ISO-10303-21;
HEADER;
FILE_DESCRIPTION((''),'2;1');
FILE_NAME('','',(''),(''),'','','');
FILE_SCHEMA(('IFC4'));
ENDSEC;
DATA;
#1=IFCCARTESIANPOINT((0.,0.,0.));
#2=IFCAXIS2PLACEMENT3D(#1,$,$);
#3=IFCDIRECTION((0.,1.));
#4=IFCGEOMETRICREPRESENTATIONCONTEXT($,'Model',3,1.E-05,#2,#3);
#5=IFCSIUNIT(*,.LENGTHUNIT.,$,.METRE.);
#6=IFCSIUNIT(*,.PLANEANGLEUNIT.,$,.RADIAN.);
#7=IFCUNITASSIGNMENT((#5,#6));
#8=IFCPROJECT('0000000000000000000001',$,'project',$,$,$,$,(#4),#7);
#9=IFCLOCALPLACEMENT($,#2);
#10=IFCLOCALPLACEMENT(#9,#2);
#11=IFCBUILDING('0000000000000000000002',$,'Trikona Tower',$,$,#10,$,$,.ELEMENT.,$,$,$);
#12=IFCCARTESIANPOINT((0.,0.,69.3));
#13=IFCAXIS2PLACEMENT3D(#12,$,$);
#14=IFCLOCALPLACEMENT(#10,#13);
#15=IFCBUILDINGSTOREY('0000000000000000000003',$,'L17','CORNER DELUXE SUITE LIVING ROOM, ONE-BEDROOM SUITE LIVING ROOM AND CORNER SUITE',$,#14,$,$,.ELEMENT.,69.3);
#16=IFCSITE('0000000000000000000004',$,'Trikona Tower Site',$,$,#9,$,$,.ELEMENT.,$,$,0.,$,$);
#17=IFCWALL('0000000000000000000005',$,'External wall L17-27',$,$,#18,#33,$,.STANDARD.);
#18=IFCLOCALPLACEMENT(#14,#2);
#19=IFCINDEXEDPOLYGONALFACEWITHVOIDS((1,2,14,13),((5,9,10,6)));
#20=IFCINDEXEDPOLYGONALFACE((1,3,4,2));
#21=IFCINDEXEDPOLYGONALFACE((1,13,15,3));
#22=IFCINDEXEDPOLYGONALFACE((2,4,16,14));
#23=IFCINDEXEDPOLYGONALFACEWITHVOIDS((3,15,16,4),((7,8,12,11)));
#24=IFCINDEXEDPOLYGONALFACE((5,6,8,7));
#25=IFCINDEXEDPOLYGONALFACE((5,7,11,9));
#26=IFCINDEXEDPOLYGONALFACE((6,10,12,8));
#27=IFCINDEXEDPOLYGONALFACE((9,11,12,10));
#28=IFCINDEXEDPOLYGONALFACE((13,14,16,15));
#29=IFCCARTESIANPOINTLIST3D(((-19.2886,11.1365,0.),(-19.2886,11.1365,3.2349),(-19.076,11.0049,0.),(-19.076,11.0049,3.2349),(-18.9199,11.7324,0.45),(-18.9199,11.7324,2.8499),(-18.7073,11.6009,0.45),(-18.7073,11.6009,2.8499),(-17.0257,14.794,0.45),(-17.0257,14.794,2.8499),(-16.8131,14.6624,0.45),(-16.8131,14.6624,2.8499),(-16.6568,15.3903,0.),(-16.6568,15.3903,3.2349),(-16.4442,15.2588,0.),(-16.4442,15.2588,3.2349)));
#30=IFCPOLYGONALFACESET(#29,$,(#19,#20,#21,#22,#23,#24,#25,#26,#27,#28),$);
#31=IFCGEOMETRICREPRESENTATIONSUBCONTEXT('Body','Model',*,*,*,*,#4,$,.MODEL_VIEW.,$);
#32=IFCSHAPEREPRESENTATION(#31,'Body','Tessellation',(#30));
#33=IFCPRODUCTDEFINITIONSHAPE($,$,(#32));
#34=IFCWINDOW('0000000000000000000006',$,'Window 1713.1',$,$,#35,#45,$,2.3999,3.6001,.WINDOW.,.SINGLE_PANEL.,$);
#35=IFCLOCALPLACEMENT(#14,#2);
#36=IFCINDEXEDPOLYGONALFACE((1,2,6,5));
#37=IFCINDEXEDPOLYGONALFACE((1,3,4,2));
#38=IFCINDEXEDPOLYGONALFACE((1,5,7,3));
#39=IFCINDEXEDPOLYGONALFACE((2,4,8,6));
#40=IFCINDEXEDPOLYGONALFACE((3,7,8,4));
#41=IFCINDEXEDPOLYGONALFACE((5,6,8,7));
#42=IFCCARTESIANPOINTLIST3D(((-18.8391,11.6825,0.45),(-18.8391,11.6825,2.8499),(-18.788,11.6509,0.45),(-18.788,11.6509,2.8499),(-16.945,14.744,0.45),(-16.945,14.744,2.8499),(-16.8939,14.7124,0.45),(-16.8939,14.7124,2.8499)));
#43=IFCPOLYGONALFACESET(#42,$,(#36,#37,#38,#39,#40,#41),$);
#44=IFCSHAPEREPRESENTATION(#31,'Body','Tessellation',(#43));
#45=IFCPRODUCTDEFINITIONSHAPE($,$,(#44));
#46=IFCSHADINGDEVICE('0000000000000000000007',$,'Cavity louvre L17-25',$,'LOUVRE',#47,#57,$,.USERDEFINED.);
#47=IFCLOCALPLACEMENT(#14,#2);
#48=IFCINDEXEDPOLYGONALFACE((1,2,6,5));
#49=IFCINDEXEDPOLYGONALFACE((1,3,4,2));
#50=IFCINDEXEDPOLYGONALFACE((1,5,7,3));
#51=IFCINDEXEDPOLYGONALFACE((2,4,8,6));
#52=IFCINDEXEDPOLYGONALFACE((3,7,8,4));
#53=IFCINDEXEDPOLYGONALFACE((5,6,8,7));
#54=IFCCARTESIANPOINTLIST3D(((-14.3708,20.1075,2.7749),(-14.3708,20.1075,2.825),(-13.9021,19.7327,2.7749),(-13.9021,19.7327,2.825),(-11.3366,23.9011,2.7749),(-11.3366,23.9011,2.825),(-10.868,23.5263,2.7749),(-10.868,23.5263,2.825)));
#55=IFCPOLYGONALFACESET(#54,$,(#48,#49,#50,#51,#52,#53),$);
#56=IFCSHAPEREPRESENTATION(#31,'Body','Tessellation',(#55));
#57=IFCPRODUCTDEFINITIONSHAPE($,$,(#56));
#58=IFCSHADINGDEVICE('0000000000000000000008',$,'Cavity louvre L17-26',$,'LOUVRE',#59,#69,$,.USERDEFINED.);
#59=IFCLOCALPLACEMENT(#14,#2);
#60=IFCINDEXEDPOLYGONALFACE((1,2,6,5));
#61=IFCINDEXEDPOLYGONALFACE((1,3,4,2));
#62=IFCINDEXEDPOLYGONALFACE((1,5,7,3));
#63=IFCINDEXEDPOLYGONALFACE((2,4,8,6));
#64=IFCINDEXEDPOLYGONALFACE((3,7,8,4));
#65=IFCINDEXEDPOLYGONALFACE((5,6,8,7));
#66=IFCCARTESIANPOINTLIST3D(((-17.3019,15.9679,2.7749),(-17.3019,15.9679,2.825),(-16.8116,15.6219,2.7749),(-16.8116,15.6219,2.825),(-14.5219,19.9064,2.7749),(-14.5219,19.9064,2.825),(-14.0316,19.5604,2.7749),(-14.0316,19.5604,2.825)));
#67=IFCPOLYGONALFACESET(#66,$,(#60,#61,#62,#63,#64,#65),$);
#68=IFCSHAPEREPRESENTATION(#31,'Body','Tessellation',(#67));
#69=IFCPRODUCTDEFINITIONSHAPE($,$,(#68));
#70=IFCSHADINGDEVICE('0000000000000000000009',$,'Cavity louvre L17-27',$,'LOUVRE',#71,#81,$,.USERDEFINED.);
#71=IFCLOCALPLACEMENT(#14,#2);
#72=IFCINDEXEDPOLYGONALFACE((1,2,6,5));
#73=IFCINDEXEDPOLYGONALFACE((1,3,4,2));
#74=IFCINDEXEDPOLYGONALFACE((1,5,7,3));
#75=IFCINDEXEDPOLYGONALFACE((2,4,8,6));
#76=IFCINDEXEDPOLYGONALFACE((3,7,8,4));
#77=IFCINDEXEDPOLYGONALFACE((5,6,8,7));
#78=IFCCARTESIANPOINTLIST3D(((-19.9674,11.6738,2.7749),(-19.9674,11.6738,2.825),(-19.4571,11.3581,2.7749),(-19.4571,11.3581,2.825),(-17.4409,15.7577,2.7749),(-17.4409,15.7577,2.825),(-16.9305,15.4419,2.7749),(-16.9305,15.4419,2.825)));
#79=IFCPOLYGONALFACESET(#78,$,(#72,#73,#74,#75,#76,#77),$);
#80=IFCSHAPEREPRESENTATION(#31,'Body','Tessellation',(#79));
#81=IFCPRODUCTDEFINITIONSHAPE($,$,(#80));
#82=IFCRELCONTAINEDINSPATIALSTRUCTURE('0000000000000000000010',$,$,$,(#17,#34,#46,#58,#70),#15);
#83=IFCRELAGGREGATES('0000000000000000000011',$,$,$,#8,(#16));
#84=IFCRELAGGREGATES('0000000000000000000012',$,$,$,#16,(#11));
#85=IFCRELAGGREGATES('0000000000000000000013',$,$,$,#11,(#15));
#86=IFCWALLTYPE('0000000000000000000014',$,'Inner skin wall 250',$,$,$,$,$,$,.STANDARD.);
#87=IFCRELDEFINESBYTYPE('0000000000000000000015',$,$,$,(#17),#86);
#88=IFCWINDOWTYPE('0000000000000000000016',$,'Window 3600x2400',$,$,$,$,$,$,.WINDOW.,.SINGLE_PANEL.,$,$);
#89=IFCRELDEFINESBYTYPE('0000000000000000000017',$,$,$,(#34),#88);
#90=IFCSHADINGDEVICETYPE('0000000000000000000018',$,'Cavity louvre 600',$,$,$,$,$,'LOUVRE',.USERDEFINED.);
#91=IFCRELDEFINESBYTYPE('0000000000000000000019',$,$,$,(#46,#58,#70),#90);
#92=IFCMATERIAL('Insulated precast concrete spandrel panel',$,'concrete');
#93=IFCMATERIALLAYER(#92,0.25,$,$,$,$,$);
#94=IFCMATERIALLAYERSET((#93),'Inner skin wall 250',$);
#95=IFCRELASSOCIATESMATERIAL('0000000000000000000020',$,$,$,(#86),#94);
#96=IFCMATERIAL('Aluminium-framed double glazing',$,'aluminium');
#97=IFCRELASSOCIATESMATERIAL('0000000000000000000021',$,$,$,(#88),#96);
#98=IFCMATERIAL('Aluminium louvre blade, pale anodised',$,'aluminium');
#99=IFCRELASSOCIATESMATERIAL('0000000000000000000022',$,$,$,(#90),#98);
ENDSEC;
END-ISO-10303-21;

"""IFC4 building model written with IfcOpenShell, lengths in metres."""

from ifc_helpers import new_model, si_unit, direction, frame, frame_2d, origin, origin_2d, place, context, subcontext, project, spatial, rectangle, extrude, material, layer, layer_set, type_object, element, fill, save


model = new_model("IFC4")

# Units and contexts
model_context = context("Model", 3, precision=1e-05, world=origin(), true_north=direction((0.0, 1.0)))
body_context = subcontext(model_context, "Body", "Model", "MODEL_VIEW")
ifc_project = project(units=[si_unit("LENGTHUNIT", "METRE"), si_unit("PLANEANGLEUNIT", "RADIAN")], contexts=[model_context])

# Site, building, storey
site_placement = place(None, origin())
site = spatial("IfcSite", under=ifc_project, at=site_placement, Name="Trikona Tower Site", CompositionType="ELEMENT", RefElevation=0.0)
building_placement = place(site_placement, origin())
building = spatial("IfcBuilding", under=site, at=building_placement, Name="Trikona Tower", CompositionType="ELEMENT")
storey_placement = place(building_placement, frame((0.0, 0.0, 69.3)))
storey = spatial("IfcBuildingStorey", under=building, at=storey_placement, Name="L17", Description="CORNER DELUXE SUITE LIVING ROOM, ONE-BEDROOM SUITE LIVING ROOM AND CORNER SUITE", CompositionType="ELEMENT", Elevation=69.3)

# Wall, opening, window
ifc_material_1 = material(Name="Insulated precast concrete spandrel panel", Category="concrete")
ifc_layer_1 = layer(ifc_material_1, 0.25)
ifc_layer_set_1 = layer_set([ifc_layer_1], Name="Inner skin wall 250")
wall_type = type_object("IfcWallType", Name="Inner skin wall 250", PredefinedType="STANDARD", material=ifc_layer_set_1)
ifc_material_2 = material(Name="Aluminium-framed double glazing", Category="aluminium")
window_type = type_object("IfcWindowType", Name="Window 3600x2400", PartitioningType="SINGLE_PANEL", PredefinedType="WINDOW", material=ifc_material_2)
wall_1_placement = place(storey_placement, frame((-16.5505, 15.3245, 0.0), z_axis=(0.0, 0.0, 1.0), x_axis=(-0.526133, -0.850402, 0.0)))
wall_1 = element("IfcWall", 1, at=wall_1_placement, inside=storey, type_object=wall_type, Name="External wall L17-27", PredefinedType="STANDARD", context=body_context, shape_type="SweptSolid", body=[
    extrude(rectangle(XDim=5.0022, YDim=0.25, at=frame_2d((2.501, 0.0))), origin(), (0.0, 0.0, 1.0), 3.2349),
])
opening_1_placement = place(wall_1_placement, frame((0.7012, 0.0, 0.45)))
opening_1 = element("IfcOpeningElement", 2, at=opening_1_placement, cuts=wall_1, PredefinedType="OPENING", context=body_context, shape_type="SweptSolid", body=[
    extrude(rectangle(XDim=3.6001, YDim=2.3999, at=frame_2d((1.8, 1.2))), frame((0.0, 0.135, 0.0), z_axis=(0.0, -1.0, 0.0), x_axis=(1.0, 0.0, 0.0)), (0.0, 0.0, 1.0), 0.27),
])
window_1_placement = place(opening_1_placement, origin())
window_1 = element("IfcWindow", 3, at=window_1_placement, inside=storey, type_object=window_type, Name="Window 1713.1", OverallHeight=2.3999, OverallWidth=3.6001, PartitioningType="SINGLE_PANEL", PredefinedType="WINDOW", context=body_context, shape_type="SweptSolid", body=[
    extrude(rectangle(XDim=3.6001, YDim=2.3999, at=frame_2d((1.8, 1.2))), frame((0.0, 0.03, 0.0), z_axis=(0.0, -1.0, 0.0), x_axis=(1.0, 0.0, 0.0)), (0.0, 0.0, 1.0), 0.0601),
])
fill(opening_1, window_1)

# Shading devices
ifc_material_3 = material(Name="Aluminium louvre blade, pale anodised", Category="aluminium")
shading_device_type = type_object("IfcShadingDeviceType", Name="Cavity louvre 600", ElementType="LOUVRE", PredefinedType="USERDEFINED", material=ifc_material_3)
shading_device_1_placement = place(storey_placement, frame((-12.6194, 21.8169, 2.7749), z_axis=(0.0, 0.0, 1.0), x_axis=(-0.624604, -0.780942, 0.0)))
element("IfcShadingDevice", 4, at=shading_device_1_placement, inside=storey, type_object=shading_device_type, Name="Cavity louvre L17-25", ObjectType="LOUVRE", PredefinedType="USERDEFINED", context=body_context, shape_type="SweptSolid", body=[
    extrude(rectangle(XDim=4.8577, YDim=0.6001, at=origin_2d()), origin(), (0.0, 0.0, 1.0), 0.05),
])
shading_device_2_placement = place(storey_placement, frame((-15.6667, 17.7642, 2.7749), z_axis=(0.0, 0.0, 1.0), x_axis=(-0.576662, -0.816983, 0.0)))
element("IfcShadingDevice", 5, at=shading_device_2_placement, inside=storey, type_object=shading_device_type, Name="Cavity louvre L17-26", ObjectType="LOUVRE", PredefinedType="USERDEFINED", context=body_context, shape_type="SweptSolid", body=[
    extrude(rectangle(XDim=4.8208, YDim=0.6001, at=origin_2d()), origin(), (0.0, 0.0, 1.0), 0.05),
])
shading_device_3_placement = place(storey_placement, frame((-18.449, 13.5579, 2.7749), z_axis=(0.0, 0.0, 1.0), x_axis=(-0.526119, -0.850411, 0.0)))
element("IfcShadingDevice", 6, at=shading_device_3_placement, inside=storey, type_object=shading_device_type, Name="Cavity louvre L17-27", ObjectType="LOUVRE", PredefinedType="USERDEFINED", context=body_context, shape_type="SweptSolid", body=[
    extrude(rectangle(XDim=4.8022, YDim=0.6001, at=origin_2d()), origin(), (0.0, 0.0, 1.0), 0.05),
])

save(model, "model.ifc")
